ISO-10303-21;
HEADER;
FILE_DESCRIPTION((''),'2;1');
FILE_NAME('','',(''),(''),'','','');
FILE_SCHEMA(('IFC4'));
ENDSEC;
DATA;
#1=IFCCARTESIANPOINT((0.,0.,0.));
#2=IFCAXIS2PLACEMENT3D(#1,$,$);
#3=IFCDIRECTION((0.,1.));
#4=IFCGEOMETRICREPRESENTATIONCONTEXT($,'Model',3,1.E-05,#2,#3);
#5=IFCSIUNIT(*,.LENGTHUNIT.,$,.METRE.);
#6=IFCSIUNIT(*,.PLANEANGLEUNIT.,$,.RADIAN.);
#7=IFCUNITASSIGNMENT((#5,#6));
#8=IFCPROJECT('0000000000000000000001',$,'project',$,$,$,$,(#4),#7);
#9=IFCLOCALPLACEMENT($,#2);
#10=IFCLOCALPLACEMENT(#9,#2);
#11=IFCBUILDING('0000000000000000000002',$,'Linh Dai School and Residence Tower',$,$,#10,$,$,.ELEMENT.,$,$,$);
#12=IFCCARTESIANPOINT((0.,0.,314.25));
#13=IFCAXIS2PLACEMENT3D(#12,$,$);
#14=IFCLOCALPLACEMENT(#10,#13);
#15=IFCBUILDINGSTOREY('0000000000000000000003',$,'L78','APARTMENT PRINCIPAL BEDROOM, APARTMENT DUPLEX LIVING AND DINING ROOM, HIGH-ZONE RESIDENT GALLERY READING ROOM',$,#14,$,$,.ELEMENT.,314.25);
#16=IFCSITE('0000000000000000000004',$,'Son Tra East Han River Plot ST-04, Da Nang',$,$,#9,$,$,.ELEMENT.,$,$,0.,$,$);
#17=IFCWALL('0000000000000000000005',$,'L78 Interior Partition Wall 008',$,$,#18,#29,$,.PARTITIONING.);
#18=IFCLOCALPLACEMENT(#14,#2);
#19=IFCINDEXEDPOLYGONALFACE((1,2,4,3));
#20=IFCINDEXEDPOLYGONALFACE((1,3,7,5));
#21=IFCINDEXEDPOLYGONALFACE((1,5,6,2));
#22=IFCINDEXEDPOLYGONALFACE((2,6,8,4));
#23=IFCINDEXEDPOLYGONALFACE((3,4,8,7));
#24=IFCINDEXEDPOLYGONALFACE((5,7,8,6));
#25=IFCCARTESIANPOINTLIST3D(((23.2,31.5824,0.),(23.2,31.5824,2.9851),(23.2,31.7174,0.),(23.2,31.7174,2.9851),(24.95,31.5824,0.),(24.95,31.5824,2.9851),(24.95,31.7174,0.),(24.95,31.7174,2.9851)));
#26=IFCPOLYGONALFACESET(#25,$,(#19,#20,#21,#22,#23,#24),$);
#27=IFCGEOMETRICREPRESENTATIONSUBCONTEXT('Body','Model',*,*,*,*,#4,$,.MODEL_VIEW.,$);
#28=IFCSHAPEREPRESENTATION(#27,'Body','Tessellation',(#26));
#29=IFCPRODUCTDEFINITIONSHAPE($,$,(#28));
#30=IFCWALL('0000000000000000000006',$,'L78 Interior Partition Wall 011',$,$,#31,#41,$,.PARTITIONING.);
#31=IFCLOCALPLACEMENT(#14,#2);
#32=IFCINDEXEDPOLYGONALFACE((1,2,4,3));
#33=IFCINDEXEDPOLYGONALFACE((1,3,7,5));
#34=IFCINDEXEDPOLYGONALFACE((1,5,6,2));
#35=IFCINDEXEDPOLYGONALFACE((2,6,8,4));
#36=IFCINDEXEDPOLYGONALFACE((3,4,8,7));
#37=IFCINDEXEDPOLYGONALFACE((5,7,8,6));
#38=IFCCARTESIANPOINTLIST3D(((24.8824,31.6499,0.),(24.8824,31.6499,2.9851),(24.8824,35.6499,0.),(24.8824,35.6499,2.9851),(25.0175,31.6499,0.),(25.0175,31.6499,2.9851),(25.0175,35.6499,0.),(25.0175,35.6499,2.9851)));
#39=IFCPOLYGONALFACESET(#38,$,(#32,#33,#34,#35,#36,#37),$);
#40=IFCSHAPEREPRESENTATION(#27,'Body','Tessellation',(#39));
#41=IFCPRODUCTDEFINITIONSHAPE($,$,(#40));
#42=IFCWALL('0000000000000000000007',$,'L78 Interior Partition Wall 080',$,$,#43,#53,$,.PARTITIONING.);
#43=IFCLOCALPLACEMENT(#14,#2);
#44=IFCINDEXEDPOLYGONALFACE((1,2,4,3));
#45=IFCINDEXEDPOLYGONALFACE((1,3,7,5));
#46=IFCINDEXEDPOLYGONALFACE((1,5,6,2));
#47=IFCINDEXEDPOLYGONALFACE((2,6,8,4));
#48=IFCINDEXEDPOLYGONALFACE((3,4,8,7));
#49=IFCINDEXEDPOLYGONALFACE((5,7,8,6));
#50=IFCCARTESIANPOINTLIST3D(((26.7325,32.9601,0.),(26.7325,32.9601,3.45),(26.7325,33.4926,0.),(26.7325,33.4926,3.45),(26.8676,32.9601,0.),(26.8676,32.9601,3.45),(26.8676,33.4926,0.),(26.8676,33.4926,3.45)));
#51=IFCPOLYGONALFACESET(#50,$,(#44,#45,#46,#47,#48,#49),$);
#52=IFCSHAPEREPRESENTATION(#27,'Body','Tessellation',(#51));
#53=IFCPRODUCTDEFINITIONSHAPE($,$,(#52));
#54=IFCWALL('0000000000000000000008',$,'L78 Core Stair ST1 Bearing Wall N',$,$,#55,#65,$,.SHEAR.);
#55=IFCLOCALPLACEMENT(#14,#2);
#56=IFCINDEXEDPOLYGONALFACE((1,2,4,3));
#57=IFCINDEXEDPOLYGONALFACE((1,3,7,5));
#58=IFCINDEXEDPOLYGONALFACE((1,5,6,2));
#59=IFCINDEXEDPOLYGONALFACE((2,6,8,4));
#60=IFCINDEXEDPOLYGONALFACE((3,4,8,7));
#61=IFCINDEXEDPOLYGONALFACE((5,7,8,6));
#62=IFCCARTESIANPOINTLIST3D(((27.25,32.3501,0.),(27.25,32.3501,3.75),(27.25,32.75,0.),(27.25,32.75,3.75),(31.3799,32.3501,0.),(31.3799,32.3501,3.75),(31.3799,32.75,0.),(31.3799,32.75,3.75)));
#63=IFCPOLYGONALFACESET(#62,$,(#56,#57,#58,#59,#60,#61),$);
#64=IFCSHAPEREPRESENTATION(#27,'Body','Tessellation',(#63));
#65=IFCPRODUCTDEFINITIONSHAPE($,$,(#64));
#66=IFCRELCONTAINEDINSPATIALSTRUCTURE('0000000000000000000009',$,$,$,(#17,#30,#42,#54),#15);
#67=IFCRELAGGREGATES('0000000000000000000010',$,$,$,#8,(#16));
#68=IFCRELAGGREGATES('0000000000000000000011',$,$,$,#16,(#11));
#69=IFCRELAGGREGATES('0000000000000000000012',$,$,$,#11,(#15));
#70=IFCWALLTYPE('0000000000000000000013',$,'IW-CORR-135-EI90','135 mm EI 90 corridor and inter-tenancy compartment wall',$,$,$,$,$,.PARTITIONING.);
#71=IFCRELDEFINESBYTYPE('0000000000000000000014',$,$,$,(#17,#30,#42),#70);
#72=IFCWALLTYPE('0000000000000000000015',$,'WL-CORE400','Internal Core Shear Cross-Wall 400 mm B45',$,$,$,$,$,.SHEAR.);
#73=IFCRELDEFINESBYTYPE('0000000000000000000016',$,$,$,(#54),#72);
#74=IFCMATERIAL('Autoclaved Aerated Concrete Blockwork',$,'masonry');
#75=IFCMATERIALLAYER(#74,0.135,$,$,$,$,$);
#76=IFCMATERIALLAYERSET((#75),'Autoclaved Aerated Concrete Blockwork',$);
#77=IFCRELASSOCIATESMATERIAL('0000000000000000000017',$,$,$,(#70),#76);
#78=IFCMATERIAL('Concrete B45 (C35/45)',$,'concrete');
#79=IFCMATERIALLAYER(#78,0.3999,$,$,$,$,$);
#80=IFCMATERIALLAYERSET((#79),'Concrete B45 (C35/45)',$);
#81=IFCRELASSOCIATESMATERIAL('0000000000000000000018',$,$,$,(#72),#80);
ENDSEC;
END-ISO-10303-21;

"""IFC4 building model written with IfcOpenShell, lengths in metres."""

from ifc_helpers import new_model, si_unit, direction, frame, frame_2d, origin, place, context, subcontext, project, spatial, rectangle, extrude, material, layer, layer_set, type_object, element, save


model = new_model("IFC4")

# Units and contexts
model_context = context("Model", 3, precision=1e-05, world=origin(), true_north=direction((0.0, 1.0)))
body_context = subcontext(model_context, "Body", "Model", "MODEL_VIEW")
ifc_project = project(units=[si_unit("LENGTHUNIT", "METRE"), si_unit("PLANEANGLEUNIT", "RADIAN")], contexts=[model_context])

# Site, building, storey
site_placement = place(None, origin())
site = spatial("IfcSite", under=ifc_project, at=site_placement, Name="Son Tra East Han River Plot ST-04, Da Nang", CompositionType="ELEMENT", RefElevation=0.0)
building_placement = place(site_placement, origin())
building = spatial("IfcBuilding", under=site, at=building_placement, Name="Linh Dai School and Residence Tower", CompositionType="ELEMENT")
storey_placement = place(building_placement, frame((0.0, 0.0, 314.25)))
storey = spatial("IfcBuildingStorey", under=building, at=storey_placement, Name="L78", Description="APARTMENT PRINCIPAL BEDROOM, APARTMENT DUPLEX LIVING AND DINING ROOM, HIGH-ZONE RESIDENT GALLERY READING ROOM", CompositionType="ELEMENT", Elevation=314.25)

# Shared definitions
ifc_material_1 = material(Name="Concrete B45 (C35/45)", Category="concrete")

# Walls
ifc_material_2 = material(Name="Autoclaved Aerated Concrete Blockwork", Category="masonry")
ifc_layer_1 = layer(ifc_material_2, 0.135)
ifc_layer_set_1 = layer_set([ifc_layer_1], Name="Autoclaved Aerated Concrete Blockwork")
wall_type_1 = type_object("IfcWallType", Name="IW-CORR-135-EI90", Description="135 mm EI 90 corridor and inter-tenancy compartment wall", PredefinedType="PARTITIONING", material=ifc_layer_set_1)
wall_1_placement = place(storey_placement, frame((23.2, 31.6499, 0.0), z_axis=(0.0, 0.0, 1.0), x_axis=(1.0, 0.0, 0.0)))
element("IfcWall", 1, at=wall_1_placement, inside=storey, type_object=wall_type_1, Name="L78 Interior Partition Wall 008", PredefinedType="PARTITIONING", context=body_context, shape_type="SweptSolid", body=[
    extrude(rectangle(XDim=1.75, YDim=0.135, at=frame_2d((0.875, 0.0))), origin(), (0.0, 0.0, 1.0), 2.9851),
])
wall_2_placement = place(storey_placement, frame((24.95, 31.6499, 0.0), z_axis=(0.0, 0.0, 1.0), x_axis=(0.0, 1.0, 0.0)))
element("IfcWall", 2, at=wall_2_placement, inside=storey, type_object=wall_type_1, Name="L78 Interior Partition Wall 011", PredefinedType="PARTITIONING", context=body_context, shape_type="SweptSolid", body=[
    extrude(rectangle(XDim=4.0, YDim=0.135, at=frame_2d((2.0, 0.0))), origin(), (0.0, 0.0, 1.0), 2.9851),
])
wall_3_placement = place(storey_placement, frame((26.8, 33.4924, 0.0), z_axis=(0.0, 0.0, 1.0), x_axis=(0.0, -1.0, 0.0)))
element("IfcWall", 3, at=wall_3_placement, inside=storey, type_object=wall_type_1, Name="L78 Interior Partition Wall 080", PredefinedType="PARTITIONING", context=body_context, shape_type="SweptSolid", body=[
    extrude(rectangle(XDim=0.5325, YDim=0.135, at=frame_2d((0.2661, 0.0))), origin(), (0.0, 0.0, 1.0), 3.45),
])
ifc_layer_2 = layer(ifc_material_1, 0.3999)
ifc_layer_set_2 = layer_set([ifc_layer_2], Name="Concrete B45 (C35/45)")
wall_type_2 = type_object("IfcWallType", Name="WL-CORE400", Description="Internal Core Shear Cross-Wall 400 mm B45", PredefinedType="SHEAR", material=ifc_layer_set_2)
wall_4_placement = place(storey_placement, frame((27.25, 32.55, 0.0), z_axis=(0.0, 0.0, 1.0), x_axis=(1.0, 0.0, 0.0)))
element("IfcWall", 4, at=wall_4_placement, inside=storey, type_object=wall_type_2, Name="L78 Core Stair ST1 Bearing Wall N", PredefinedType="SHEAR", context=body_context, shape_type="SweptSolid", body=[
    extrude(rectangle(XDim=4.1299, YDim=0.3999, at=frame_2d((2.0649, 0.0))), origin(), (0.0, 0.0, 1.0), 3.75),
])

save(model, "model.ifc")
